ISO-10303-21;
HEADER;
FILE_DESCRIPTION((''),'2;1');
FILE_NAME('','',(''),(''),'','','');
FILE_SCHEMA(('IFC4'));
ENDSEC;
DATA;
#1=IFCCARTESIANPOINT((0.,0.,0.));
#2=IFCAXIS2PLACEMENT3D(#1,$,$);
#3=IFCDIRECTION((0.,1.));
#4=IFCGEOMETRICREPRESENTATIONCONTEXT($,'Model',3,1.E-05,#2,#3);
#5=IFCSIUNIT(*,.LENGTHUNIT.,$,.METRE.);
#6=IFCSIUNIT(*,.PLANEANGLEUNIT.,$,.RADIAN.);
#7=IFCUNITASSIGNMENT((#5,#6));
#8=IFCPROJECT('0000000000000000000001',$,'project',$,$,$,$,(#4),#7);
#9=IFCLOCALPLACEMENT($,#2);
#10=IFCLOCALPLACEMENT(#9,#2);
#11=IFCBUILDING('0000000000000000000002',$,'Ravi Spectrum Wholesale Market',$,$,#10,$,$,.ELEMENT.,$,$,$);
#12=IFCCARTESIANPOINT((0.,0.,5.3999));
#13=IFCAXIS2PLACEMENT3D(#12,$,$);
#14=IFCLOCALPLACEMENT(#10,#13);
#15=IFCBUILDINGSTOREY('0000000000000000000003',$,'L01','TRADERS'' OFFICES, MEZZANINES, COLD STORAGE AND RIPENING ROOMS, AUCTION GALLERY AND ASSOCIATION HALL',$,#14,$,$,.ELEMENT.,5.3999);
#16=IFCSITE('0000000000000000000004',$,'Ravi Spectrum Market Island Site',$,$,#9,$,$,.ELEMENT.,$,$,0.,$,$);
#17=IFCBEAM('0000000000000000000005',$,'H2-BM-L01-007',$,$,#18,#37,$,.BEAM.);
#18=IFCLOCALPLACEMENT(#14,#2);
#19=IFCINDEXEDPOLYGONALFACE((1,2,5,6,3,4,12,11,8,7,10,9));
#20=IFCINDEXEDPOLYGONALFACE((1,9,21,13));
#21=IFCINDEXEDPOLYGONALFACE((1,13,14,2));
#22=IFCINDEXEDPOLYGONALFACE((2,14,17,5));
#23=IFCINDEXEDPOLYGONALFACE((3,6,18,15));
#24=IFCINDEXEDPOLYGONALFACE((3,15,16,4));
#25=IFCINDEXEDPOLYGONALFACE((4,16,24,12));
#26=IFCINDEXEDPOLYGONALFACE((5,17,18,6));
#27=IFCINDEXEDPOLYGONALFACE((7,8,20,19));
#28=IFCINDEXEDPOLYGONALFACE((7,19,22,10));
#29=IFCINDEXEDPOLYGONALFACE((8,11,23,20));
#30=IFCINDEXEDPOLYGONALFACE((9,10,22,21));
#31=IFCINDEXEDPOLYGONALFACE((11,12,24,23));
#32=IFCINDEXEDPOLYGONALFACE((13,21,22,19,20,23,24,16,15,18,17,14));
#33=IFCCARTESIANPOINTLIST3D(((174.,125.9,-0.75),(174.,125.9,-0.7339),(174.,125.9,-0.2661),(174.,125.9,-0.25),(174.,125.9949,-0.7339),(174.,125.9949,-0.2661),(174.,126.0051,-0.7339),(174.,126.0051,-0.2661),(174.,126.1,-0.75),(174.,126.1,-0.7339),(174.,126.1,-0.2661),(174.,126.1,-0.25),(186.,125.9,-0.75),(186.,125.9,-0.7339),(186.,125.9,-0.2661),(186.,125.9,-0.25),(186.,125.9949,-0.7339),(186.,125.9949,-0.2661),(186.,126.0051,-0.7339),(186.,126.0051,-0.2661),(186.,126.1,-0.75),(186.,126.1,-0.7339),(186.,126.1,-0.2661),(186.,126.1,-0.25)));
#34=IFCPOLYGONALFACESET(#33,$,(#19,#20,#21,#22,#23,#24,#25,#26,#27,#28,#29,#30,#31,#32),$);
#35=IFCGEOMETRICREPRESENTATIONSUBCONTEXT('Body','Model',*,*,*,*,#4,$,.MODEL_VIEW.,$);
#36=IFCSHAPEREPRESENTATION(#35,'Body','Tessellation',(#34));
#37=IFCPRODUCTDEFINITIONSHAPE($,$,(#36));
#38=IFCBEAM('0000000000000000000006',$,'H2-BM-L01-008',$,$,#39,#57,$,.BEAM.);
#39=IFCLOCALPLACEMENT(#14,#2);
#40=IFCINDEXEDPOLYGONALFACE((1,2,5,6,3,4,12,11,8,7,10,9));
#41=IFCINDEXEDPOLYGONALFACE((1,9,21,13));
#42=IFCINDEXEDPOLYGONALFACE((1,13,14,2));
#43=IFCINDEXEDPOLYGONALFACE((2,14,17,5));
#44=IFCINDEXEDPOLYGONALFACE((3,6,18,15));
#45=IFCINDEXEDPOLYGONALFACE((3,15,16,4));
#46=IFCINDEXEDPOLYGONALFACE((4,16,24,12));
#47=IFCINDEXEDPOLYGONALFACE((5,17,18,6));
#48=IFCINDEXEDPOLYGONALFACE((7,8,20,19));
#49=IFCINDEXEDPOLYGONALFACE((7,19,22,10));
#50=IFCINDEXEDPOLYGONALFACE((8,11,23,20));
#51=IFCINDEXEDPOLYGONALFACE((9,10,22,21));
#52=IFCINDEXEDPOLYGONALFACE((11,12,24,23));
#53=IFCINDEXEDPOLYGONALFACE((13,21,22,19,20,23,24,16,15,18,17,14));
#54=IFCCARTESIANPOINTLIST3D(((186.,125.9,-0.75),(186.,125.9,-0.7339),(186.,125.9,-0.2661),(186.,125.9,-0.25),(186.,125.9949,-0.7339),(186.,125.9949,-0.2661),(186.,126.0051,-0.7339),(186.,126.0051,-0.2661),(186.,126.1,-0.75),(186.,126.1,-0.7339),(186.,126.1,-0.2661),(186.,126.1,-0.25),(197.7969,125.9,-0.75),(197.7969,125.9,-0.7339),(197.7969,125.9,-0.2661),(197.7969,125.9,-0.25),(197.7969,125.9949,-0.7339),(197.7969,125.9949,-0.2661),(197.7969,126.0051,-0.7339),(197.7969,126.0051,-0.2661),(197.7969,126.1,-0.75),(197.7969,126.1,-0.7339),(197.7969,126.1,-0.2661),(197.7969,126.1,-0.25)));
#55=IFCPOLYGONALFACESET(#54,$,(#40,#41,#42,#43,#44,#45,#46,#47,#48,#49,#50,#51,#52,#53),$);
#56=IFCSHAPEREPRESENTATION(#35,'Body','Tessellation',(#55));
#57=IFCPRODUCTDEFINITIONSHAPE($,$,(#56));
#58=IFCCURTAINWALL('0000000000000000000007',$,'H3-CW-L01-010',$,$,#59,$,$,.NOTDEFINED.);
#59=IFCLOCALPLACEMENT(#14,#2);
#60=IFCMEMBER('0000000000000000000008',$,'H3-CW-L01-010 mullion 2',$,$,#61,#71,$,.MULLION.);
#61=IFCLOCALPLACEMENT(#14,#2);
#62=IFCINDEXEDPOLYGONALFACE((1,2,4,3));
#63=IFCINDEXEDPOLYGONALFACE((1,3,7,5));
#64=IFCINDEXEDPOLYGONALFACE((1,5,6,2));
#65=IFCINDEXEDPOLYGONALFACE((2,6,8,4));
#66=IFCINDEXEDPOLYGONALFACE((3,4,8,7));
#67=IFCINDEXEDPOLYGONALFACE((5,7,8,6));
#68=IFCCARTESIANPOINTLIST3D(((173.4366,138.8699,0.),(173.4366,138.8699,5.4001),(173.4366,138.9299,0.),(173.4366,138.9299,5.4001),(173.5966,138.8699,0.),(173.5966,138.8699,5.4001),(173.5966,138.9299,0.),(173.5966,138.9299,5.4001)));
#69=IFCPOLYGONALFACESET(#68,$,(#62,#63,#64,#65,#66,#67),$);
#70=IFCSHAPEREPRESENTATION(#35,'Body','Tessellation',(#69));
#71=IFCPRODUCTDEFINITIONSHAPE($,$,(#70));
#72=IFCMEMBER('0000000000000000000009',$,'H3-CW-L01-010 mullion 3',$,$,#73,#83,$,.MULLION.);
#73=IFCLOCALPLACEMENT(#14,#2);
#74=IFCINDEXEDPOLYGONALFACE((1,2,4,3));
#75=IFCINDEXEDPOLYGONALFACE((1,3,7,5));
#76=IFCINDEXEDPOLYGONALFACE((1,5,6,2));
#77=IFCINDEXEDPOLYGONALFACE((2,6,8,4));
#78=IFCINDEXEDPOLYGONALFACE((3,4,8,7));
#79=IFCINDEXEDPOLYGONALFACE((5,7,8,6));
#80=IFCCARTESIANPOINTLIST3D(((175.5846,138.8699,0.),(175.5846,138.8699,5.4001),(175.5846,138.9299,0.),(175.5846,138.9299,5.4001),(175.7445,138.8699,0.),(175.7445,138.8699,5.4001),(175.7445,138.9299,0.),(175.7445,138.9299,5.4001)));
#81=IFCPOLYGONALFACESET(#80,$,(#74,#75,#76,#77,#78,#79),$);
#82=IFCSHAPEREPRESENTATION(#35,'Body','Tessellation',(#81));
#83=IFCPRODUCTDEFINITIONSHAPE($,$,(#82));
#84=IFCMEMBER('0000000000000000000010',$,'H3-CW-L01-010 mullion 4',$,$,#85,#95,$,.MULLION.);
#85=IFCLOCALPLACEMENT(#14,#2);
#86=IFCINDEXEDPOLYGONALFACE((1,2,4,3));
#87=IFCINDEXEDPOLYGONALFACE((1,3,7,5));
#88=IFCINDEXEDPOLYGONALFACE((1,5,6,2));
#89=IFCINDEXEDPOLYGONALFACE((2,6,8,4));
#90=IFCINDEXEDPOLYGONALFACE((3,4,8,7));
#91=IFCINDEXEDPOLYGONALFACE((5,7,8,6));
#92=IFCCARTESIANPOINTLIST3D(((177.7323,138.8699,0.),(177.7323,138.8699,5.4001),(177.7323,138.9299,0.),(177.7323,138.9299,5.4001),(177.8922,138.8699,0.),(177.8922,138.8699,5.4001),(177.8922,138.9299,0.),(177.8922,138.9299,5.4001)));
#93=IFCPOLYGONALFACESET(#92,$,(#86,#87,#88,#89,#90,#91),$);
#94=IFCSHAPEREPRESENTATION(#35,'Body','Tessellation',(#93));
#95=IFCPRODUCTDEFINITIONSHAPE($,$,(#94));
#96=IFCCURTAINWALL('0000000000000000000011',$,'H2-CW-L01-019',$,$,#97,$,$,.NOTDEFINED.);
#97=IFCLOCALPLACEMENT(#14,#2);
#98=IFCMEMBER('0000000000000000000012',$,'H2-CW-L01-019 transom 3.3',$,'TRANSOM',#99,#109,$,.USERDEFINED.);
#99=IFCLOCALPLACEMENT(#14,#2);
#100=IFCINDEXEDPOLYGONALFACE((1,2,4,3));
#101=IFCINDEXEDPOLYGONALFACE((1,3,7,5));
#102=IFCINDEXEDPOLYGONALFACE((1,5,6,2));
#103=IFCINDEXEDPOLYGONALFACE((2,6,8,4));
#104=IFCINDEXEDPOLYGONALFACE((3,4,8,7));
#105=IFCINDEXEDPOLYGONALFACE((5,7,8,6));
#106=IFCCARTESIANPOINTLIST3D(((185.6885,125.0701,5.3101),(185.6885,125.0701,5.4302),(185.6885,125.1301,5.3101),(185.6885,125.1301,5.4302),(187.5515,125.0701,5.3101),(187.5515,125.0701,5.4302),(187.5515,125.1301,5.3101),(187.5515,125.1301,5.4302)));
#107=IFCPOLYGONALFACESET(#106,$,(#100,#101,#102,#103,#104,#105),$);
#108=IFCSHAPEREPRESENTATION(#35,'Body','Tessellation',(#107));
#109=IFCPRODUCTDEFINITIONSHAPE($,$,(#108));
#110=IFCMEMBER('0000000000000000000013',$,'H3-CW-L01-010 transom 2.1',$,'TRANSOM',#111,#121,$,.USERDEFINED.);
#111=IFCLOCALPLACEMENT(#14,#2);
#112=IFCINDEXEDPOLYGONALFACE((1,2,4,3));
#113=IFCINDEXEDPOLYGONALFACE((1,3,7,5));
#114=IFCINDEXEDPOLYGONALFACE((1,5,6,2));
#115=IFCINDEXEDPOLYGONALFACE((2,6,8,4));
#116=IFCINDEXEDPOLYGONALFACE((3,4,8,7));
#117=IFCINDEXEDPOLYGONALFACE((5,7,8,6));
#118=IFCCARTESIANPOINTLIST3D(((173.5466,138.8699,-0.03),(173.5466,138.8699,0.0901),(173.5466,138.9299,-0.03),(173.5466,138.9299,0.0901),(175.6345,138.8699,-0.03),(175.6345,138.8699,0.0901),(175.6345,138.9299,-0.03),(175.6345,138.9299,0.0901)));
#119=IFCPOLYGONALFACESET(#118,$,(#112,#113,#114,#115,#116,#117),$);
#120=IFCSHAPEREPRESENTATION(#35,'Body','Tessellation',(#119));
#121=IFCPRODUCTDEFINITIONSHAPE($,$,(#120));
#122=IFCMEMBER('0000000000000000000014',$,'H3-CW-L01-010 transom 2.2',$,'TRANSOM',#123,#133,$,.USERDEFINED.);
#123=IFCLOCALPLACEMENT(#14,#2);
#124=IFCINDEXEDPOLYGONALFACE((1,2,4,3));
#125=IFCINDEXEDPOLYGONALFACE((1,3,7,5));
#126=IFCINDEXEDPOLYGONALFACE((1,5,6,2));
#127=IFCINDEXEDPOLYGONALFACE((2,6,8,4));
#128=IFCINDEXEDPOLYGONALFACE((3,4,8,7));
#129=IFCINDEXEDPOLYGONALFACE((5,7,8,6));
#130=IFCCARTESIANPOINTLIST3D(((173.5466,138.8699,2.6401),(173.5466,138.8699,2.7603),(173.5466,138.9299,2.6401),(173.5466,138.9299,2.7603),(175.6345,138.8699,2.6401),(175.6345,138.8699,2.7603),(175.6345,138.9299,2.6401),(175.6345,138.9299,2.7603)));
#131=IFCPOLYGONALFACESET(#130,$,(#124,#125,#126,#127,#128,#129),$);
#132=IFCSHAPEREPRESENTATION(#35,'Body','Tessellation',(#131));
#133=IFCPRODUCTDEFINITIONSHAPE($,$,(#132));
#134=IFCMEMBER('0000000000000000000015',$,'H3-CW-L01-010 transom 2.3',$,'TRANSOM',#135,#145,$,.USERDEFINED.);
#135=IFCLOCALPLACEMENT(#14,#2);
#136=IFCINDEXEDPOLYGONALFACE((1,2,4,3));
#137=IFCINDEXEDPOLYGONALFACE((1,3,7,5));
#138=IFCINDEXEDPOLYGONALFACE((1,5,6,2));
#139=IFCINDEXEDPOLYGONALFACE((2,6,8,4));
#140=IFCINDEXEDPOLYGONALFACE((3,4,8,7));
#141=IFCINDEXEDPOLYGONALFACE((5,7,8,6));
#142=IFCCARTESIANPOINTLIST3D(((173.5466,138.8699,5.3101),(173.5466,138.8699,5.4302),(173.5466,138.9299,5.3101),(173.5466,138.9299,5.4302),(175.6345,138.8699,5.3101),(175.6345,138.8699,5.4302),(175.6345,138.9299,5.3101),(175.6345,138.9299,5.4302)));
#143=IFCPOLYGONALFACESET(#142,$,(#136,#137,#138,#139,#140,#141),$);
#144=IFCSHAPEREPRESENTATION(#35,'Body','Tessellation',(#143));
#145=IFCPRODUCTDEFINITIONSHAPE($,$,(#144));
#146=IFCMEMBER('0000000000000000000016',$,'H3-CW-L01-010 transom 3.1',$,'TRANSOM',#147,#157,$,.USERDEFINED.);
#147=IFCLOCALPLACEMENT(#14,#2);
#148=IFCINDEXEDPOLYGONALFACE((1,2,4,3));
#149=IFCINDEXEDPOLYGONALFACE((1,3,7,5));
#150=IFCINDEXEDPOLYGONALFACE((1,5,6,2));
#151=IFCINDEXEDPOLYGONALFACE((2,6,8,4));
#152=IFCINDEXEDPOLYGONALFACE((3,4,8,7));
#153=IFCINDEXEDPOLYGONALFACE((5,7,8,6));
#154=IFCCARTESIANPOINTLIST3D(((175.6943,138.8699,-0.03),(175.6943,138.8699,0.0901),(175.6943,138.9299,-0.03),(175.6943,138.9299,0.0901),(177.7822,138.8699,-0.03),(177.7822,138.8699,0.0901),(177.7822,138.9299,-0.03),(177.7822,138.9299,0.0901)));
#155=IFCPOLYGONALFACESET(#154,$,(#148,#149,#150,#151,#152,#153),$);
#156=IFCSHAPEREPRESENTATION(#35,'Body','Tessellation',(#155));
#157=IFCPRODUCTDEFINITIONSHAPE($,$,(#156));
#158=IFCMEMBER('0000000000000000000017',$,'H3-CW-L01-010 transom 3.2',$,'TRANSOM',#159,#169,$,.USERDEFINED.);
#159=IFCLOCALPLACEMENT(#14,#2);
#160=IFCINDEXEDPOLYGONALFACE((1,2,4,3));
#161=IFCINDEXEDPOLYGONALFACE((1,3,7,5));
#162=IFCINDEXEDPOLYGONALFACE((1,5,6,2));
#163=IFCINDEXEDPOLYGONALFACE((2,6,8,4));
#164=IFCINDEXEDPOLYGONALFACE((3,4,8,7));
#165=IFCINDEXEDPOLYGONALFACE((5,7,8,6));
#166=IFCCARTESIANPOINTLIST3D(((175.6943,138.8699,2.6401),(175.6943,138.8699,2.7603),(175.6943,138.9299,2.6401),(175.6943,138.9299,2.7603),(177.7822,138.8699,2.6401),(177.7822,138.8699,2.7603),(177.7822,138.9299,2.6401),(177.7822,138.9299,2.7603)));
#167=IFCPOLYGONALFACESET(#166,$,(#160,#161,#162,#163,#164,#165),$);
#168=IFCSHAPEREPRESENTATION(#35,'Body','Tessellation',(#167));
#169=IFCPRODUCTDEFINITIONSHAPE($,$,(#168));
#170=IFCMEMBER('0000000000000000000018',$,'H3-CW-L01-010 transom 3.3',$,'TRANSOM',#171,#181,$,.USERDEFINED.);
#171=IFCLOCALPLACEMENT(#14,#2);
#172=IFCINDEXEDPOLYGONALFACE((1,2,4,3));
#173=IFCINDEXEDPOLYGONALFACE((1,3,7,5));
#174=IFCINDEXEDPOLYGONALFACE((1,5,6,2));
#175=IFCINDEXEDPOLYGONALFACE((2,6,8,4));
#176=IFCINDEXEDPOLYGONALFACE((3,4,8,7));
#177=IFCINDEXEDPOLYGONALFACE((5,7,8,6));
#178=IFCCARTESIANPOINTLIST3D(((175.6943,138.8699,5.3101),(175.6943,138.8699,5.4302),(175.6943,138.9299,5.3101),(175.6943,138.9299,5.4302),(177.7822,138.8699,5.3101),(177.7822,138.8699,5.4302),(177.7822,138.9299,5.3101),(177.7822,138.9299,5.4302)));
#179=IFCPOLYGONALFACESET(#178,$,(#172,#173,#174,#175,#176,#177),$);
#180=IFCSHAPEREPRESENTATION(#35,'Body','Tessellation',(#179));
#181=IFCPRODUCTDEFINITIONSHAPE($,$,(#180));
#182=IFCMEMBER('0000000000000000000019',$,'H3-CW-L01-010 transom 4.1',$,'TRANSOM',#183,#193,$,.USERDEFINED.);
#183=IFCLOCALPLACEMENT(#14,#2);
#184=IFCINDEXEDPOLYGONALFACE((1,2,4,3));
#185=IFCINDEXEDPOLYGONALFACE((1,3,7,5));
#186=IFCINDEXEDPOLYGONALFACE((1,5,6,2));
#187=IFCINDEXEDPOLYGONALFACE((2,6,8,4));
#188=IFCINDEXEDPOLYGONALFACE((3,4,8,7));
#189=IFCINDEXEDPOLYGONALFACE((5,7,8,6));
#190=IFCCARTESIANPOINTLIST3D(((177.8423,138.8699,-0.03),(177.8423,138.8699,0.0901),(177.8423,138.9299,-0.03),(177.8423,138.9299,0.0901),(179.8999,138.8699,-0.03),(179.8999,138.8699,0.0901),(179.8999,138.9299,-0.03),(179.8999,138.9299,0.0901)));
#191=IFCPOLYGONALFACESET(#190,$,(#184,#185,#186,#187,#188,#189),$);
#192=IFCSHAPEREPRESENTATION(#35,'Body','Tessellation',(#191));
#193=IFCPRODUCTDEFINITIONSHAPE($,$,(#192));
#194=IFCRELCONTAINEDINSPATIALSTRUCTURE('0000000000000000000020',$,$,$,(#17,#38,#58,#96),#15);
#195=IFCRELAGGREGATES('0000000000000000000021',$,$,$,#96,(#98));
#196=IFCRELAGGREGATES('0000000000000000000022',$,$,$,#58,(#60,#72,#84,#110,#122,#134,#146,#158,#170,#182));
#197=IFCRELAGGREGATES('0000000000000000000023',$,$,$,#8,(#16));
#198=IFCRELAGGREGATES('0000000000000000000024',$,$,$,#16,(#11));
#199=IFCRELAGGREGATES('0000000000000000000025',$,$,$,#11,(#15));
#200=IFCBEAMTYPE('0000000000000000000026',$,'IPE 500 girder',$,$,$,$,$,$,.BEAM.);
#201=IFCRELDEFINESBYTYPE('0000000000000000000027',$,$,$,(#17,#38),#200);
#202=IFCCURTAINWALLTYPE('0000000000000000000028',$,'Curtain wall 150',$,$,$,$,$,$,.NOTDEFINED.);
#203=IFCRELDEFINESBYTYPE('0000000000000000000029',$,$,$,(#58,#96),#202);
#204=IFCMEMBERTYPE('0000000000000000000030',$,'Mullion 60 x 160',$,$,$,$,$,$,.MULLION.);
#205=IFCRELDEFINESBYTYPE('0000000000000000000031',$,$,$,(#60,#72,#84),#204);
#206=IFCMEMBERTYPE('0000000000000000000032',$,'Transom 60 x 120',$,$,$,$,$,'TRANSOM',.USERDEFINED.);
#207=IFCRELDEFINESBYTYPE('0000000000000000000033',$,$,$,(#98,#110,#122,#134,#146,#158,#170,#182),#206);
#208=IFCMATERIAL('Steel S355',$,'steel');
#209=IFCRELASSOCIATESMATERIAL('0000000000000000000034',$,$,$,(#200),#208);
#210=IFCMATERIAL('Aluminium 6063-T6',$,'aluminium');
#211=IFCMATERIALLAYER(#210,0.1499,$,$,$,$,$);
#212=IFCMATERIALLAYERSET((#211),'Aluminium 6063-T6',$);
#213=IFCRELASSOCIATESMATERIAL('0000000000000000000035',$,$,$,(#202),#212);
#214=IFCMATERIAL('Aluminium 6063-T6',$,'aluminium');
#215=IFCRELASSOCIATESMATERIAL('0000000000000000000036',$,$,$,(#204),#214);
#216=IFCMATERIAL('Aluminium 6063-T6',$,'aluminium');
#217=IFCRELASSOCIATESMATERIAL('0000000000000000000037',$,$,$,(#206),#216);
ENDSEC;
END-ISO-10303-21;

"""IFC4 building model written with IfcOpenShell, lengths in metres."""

from ifc_helpers import new_model, si_unit, direction, frame, origin, origin_2d, place, context, subcontext, project, spatial, rectangle, i_section, extrude, material, layer, layer_set, material_profile, profile_set, type_object, element, aggregate, save


model = new_model("IFC4")

# Units and contexts
model_context = context("Model", 3, precision=1e-05, world=origin(), true_north=direction((0.0, 1.0)))
body_context = subcontext(model_context, "Body", "Model", "MODEL_VIEW")
ifc_project = project(units=[si_unit("LENGTHUNIT", "METRE"), si_unit("PLANEANGLEUNIT", "RADIAN")], contexts=[model_context])

# Site, building, storey
site_placement = place(None, origin())
site = spatial("IfcSite", under=ifc_project, at=site_placement, Name="Ravi Spectrum Market Island Site", CompositionType="ELEMENT", RefElevation=0.0)
building_placement = place(site_placement, origin())
building = spatial("IfcBuilding", under=site, at=building_placement, Name="Ravi Spectrum Wholesale Market", CompositionType="ELEMENT")
storey_placement = place(building_placement, frame((0.0, 0.0, 5.3999)))
storey = spatial("IfcBuildingStorey", under=building, at=storey_placement, Name="L01", Description="TRADERS' OFFICES, MEZZANINES, COLD STORAGE AND RIPENING ROOMS, AUCTION GALLERY AND ASSOCIATION HALL", CompositionType="ELEMENT", Elevation=5.3999)

# Beams
ifc_material_1 = material(Name="Steel S355", Category="steel")
ifc_material_profile_1 = material_profile(ifc_material_1, i_section(OverallWidth=0.2, OverallDepth=0.5, WebThickness=0.0103, FlangeThickness=0.0161, at=origin_2d()))
ifc_profile_set_1 = profile_set([ifc_material_profile_1], Name="Steel S355")
beam_type = type_object("IfcBeamType", Name="IPE 500 girder", PredefinedType="BEAM", material=ifc_profile_set_1)
beam_1_placement = place(storey_placement, frame((174.0, 126.0, -0.5), z_axis=(1.0, 0.0, 0.0), x_axis=(0.0, 1.0, 0.0)))
element("IfcBeam", 1, at=beam_1_placement, inside=storey, type_object=beam_type, Name="H2-BM-L01-007", PredefinedType="BEAM", context=body_context, shape_type="SweptSolid", body=[
    extrude(i_section(OverallWidth=0.2, OverallDepth=0.5, WebThickness=0.0103, FlangeThickness=0.0161, at=origin_2d()), origin(), (0.0, 0.0, 1.0), 12.0),
])
beam_2_placement = place(storey_placement, frame((186.0, 126.0, -0.5), z_axis=(1.0, 0.0, 0.0), x_axis=(0.0, 1.0, 0.0)))
element("IfcBeam", 2, at=beam_2_placement, inside=storey, type_object=beam_type, Name="H2-BM-L01-008", PredefinedType="BEAM", context=body_context, shape_type="SweptSolid", body=[
    extrude(i_section(OverallWidth=0.2, OverallDepth=0.5, WebThickness=0.0103, FlangeThickness=0.0161, at=origin_2d()), origin(), (0.0, 0.0, 1.0), 11.7969),
])

# Curtain wall, members
ifc_material_2 = material(Name="Aluminium 6063-T6", Category="aluminium")
ifc_layer_1 = layer(ifc_material_2, 0.1499)
ifc_layer_set_1 = layer_set([ifc_layer_1], Name="Aluminium 6063-T6")
curtain_wall_type = type_object("IfcCurtainWallType", Name="Curtain wall 150", PredefinedType="NOTDEFINED", material=ifc_layer_set_1)
curtain_wall_1_placement = place(storey_placement, origin())
curtain_wall_1 = element("IfcCurtainWall", 3, at=curtain_wall_1_placement, inside=storey, type_object=curtain_wall_type, Name="H3-CW-L01-010", PredefinedType="NOTDEFINED")
ifc_material_3 = material(Name="Aluminium 6063-T6", Category="aluminium")
ifc_material_profile_2 = material_profile(ifc_material_3, rectangle(XDim=0.0601, YDim=0.1599, at=origin_2d()))
ifc_profile_set_2 = profile_set([ifc_material_profile_2], Name="Aluminium 6063-T6")
member_type_1 = type_object("IfcMemberType", Name="Mullion 60 x 160", PredefinedType="MULLION", material=ifc_profile_set_2)
member_1_placement = place(storey_placement, frame((173.5166, 138.8999, 0.0), z_axis=(0.0, 0.0, 1.0), x_axis=(0.0, 1.0, 0.0)))
member_1 = element("IfcMember", 4, at=member_1_placement, type_object=member_type_1, Name="H3-CW-L01-010 mullion 2", PredefinedType="MULLION", context=body_context, shape_type="SweptSolid", body=[
    extrude(rectangle(XDim=0.0601, YDim=0.1599, at=origin_2d()), origin(), (0.0, 0.0, 1.0), 5.4001),
])
member_2_placement = place(storey_placement, frame((175.6646, 138.8999, 0.0), z_axis=(0.0, 0.0, 1.0), x_axis=(0.0, 1.0, 0.0)))
member_2 = element("IfcMember", 5, at=member_2_placement, type_object=member_type_1, Name="H3-CW-L01-010 mullion 3", PredefinedType="MULLION", context=body_context, shape_type="SweptSolid", body=[
    extrude(rectangle(XDim=0.0601, YDim=0.1599, at=origin_2d()), origin(), (0.0, 0.0, 1.0), 5.4001),
])
member_3_placement = place(storey_placement, frame((177.8123, 138.8999, 0.0), z_axis=(0.0, 0.0, 1.0), x_axis=(0.0, 1.0, 0.0)))
member_3 = element("IfcMember", 6, at=member_3_placement, type_object=member_type_1, Name="H3-CW-L01-010 mullion 4", PredefinedType="MULLION", context=body_context, shape_type="SweptSolid", body=[
    extrude(rectangle(XDim=0.0601, YDim=0.1599, at=origin_2d()), origin(), (0.0, 0.0, 1.0), 5.4001),
])

# Curtain wall, member
curtain_wall_2_placement = place(storey_placement, origin())
curtain_wall_2 = element("IfcCurtainWall", 7, at=curtain_wall_2_placement, inside=storey, type_object=curtain_wall_type, Name="H2-CW-L01-019", PredefinedType="NOTDEFINED")
ifc_material_4 = material(Name="Aluminium 6063-T6", Category="aluminium")
ifc_material_profile_3 = material_profile(ifc_material_4, rectangle(XDim=0.0601, YDim=0.1201, at=origin_2d()))
ifc_profile_set_3 = profile_set([ifc_material_profile_3], Name="Aluminium 6063-T6")
member_type_2 = type_object("IfcMemberType", Name="Transom 60 x 120", ElementType="TRANSOM", PredefinedType="USERDEFINED", material=ifc_profile_set_3)
member_4_placement = place(storey_placement, frame((185.6885, 125.1001, 5.3701), z_axis=(1.0, 0.0, 0.0), x_axis=(0.0, 1.0, 0.0)))
member_4 = element("IfcMember", 8, at=member_4_placement, type_object=member_type_2, Name="H2-CW-L01-019 transom 3.3", ObjectType="TRANSOM", PredefinedType="USERDEFINED", context=body_context, shape_type="SweptSolid", body=[
    extrude(rectangle(XDim=0.0601, YDim=0.1201, at=origin_2d()), origin(), (0.0, 0.0, 1.0), 1.863),
])
aggregate(curtain_wall_2, [member_4])

# Members
member_5_placement = place(storey_placement, frame((173.5466, 138.8999, 0.03), z_axis=(1.0, 0.0, 0.0), x_axis=(0.0, 1.0, 0.0)))
member_5 = element("IfcMember", 9, at=member_5_placement, type_object=member_type_2, Name="H3-CW-L01-010 transom 2.1", ObjectType="TRANSOM", PredefinedType="USERDEFINED", context=body_context, shape_type="SweptSolid", body=[
    extrude(rectangle(XDim=0.0601, YDim=0.1201, at=origin_2d()), origin(), (0.0, 0.0, 1.0), 2.0879),
])
member_6_placement = place(storey_placement, frame((173.5466, 138.8999, 2.7002), z_axis=(1.0, 0.0, 0.0), x_axis=(0.0, 1.0, 0.0)))
member_6 = element("IfcMember", 10, at=member_6_placement, type_object=member_type_2, Name="H3-CW-L01-010 transom 2.2", ObjectType="TRANSOM", PredefinedType="USERDEFINED", context=body_context, shape_type="SweptSolid", body=[
    extrude(rectangle(XDim=0.0601, YDim=0.1201, at=origin_2d()), origin(), (0.0, 0.0, 1.0), 2.0879),
])
member_7_placement = place(storey_placement, frame((173.5466, 138.8999, 5.3701), z_axis=(1.0, 0.0, 0.0), x_axis=(0.0, 1.0, 0.0)))
member_7 = element("IfcMember", 11, at=member_7_placement, type_object=member_type_2, Name="H3-CW-L01-010 transom 2.3", ObjectType="TRANSOM", PredefinedType="USERDEFINED", context=body_context, shape_type="SweptSolid", body=[
    extrude(rectangle(XDim=0.0601, YDim=0.1201, at=origin_2d()), origin(), (0.0, 0.0, 1.0), 2.0879),
])
member_8_placement = place(storey_placement, frame((175.6943, 138.8999, 0.03), z_axis=(1.0, 0.0, 0.0), x_axis=(0.0, 1.0, 0.0)))
member_8 = element("IfcMember", 12, at=member_8_placement, type_object=member_type_2, Name="H3-CW-L01-010 transom 3.1", ObjectType="TRANSOM", PredefinedType="USERDEFINED", context=body_context, shape_type="SweptSolid", body=[
    extrude(rectangle(XDim=0.0601, YDim=0.1201, at=origin_2d()), origin(), (0.0, 0.0, 1.0), 2.0879),
])
member_9_placement = place(storey_placement, frame((175.6943, 138.8999, 2.7002), z_axis=(1.0, 0.0, 0.0), x_axis=(0.0, 1.0, 0.0)))
member_9 = element("IfcMember", 13, at=member_9_placement, type_object=member_type_2, Name="H3-CW-L01-010 transom 3.2", ObjectType="TRANSOM", PredefinedType="USERDEFINED", context=body_context, shape_type="SweptSolid", body=[
    extrude(rectangle(XDim=0.0601, YDim=0.1201, at=origin_2d()), origin(), (0.0, 0.0, 1.0), 2.0879),
])
member_10_placement = place(storey_placement, frame((175.6943, 138.8999, 5.3701), z_axis=(1.0, 0.0, 0.0), x_axis=(0.0, 1.0, 0.0)))
member_10 = element("IfcMember", 14, at=member_10_placement, type_object=member_type_2, Name="H3-CW-L01-010 transom 3.3", ObjectType="TRANSOM", PredefinedType="USERDEFINED", context=body_context, shape_type="SweptSolid", body=[
    extrude(rectangle(XDim=0.0601, YDim=0.1201, at=origin_2d()), origin(), (0.0, 0.0, 1.0), 2.0879),
])
member_11_placement = place(storey_placement, frame((177.8423, 138.8999, 0.03), z_axis=(1.0, 0.0, 0.0), x_axis=(0.0, 1.0, 0.0)))
member_11 = element("IfcMember", 15, at=member_11_placement, type_object=member_type_2, Name="H3-CW-L01-010 transom 4.1", ObjectType="TRANSOM", PredefinedType="USERDEFINED", context=body_context, shape_type="SweptSolid", body=[
    extrude(rectangle(XDim=0.0601, YDim=0.1201, at=origin_2d()), origin(), (0.0, 0.0, 1.0), 2.0576),
])

aggregate(curtain_wall_1, [member_1, member_2, member_3, member_5, member_6, member_7, member_8, member_9, member_10, member_11])

save(model, "model.ifc")
